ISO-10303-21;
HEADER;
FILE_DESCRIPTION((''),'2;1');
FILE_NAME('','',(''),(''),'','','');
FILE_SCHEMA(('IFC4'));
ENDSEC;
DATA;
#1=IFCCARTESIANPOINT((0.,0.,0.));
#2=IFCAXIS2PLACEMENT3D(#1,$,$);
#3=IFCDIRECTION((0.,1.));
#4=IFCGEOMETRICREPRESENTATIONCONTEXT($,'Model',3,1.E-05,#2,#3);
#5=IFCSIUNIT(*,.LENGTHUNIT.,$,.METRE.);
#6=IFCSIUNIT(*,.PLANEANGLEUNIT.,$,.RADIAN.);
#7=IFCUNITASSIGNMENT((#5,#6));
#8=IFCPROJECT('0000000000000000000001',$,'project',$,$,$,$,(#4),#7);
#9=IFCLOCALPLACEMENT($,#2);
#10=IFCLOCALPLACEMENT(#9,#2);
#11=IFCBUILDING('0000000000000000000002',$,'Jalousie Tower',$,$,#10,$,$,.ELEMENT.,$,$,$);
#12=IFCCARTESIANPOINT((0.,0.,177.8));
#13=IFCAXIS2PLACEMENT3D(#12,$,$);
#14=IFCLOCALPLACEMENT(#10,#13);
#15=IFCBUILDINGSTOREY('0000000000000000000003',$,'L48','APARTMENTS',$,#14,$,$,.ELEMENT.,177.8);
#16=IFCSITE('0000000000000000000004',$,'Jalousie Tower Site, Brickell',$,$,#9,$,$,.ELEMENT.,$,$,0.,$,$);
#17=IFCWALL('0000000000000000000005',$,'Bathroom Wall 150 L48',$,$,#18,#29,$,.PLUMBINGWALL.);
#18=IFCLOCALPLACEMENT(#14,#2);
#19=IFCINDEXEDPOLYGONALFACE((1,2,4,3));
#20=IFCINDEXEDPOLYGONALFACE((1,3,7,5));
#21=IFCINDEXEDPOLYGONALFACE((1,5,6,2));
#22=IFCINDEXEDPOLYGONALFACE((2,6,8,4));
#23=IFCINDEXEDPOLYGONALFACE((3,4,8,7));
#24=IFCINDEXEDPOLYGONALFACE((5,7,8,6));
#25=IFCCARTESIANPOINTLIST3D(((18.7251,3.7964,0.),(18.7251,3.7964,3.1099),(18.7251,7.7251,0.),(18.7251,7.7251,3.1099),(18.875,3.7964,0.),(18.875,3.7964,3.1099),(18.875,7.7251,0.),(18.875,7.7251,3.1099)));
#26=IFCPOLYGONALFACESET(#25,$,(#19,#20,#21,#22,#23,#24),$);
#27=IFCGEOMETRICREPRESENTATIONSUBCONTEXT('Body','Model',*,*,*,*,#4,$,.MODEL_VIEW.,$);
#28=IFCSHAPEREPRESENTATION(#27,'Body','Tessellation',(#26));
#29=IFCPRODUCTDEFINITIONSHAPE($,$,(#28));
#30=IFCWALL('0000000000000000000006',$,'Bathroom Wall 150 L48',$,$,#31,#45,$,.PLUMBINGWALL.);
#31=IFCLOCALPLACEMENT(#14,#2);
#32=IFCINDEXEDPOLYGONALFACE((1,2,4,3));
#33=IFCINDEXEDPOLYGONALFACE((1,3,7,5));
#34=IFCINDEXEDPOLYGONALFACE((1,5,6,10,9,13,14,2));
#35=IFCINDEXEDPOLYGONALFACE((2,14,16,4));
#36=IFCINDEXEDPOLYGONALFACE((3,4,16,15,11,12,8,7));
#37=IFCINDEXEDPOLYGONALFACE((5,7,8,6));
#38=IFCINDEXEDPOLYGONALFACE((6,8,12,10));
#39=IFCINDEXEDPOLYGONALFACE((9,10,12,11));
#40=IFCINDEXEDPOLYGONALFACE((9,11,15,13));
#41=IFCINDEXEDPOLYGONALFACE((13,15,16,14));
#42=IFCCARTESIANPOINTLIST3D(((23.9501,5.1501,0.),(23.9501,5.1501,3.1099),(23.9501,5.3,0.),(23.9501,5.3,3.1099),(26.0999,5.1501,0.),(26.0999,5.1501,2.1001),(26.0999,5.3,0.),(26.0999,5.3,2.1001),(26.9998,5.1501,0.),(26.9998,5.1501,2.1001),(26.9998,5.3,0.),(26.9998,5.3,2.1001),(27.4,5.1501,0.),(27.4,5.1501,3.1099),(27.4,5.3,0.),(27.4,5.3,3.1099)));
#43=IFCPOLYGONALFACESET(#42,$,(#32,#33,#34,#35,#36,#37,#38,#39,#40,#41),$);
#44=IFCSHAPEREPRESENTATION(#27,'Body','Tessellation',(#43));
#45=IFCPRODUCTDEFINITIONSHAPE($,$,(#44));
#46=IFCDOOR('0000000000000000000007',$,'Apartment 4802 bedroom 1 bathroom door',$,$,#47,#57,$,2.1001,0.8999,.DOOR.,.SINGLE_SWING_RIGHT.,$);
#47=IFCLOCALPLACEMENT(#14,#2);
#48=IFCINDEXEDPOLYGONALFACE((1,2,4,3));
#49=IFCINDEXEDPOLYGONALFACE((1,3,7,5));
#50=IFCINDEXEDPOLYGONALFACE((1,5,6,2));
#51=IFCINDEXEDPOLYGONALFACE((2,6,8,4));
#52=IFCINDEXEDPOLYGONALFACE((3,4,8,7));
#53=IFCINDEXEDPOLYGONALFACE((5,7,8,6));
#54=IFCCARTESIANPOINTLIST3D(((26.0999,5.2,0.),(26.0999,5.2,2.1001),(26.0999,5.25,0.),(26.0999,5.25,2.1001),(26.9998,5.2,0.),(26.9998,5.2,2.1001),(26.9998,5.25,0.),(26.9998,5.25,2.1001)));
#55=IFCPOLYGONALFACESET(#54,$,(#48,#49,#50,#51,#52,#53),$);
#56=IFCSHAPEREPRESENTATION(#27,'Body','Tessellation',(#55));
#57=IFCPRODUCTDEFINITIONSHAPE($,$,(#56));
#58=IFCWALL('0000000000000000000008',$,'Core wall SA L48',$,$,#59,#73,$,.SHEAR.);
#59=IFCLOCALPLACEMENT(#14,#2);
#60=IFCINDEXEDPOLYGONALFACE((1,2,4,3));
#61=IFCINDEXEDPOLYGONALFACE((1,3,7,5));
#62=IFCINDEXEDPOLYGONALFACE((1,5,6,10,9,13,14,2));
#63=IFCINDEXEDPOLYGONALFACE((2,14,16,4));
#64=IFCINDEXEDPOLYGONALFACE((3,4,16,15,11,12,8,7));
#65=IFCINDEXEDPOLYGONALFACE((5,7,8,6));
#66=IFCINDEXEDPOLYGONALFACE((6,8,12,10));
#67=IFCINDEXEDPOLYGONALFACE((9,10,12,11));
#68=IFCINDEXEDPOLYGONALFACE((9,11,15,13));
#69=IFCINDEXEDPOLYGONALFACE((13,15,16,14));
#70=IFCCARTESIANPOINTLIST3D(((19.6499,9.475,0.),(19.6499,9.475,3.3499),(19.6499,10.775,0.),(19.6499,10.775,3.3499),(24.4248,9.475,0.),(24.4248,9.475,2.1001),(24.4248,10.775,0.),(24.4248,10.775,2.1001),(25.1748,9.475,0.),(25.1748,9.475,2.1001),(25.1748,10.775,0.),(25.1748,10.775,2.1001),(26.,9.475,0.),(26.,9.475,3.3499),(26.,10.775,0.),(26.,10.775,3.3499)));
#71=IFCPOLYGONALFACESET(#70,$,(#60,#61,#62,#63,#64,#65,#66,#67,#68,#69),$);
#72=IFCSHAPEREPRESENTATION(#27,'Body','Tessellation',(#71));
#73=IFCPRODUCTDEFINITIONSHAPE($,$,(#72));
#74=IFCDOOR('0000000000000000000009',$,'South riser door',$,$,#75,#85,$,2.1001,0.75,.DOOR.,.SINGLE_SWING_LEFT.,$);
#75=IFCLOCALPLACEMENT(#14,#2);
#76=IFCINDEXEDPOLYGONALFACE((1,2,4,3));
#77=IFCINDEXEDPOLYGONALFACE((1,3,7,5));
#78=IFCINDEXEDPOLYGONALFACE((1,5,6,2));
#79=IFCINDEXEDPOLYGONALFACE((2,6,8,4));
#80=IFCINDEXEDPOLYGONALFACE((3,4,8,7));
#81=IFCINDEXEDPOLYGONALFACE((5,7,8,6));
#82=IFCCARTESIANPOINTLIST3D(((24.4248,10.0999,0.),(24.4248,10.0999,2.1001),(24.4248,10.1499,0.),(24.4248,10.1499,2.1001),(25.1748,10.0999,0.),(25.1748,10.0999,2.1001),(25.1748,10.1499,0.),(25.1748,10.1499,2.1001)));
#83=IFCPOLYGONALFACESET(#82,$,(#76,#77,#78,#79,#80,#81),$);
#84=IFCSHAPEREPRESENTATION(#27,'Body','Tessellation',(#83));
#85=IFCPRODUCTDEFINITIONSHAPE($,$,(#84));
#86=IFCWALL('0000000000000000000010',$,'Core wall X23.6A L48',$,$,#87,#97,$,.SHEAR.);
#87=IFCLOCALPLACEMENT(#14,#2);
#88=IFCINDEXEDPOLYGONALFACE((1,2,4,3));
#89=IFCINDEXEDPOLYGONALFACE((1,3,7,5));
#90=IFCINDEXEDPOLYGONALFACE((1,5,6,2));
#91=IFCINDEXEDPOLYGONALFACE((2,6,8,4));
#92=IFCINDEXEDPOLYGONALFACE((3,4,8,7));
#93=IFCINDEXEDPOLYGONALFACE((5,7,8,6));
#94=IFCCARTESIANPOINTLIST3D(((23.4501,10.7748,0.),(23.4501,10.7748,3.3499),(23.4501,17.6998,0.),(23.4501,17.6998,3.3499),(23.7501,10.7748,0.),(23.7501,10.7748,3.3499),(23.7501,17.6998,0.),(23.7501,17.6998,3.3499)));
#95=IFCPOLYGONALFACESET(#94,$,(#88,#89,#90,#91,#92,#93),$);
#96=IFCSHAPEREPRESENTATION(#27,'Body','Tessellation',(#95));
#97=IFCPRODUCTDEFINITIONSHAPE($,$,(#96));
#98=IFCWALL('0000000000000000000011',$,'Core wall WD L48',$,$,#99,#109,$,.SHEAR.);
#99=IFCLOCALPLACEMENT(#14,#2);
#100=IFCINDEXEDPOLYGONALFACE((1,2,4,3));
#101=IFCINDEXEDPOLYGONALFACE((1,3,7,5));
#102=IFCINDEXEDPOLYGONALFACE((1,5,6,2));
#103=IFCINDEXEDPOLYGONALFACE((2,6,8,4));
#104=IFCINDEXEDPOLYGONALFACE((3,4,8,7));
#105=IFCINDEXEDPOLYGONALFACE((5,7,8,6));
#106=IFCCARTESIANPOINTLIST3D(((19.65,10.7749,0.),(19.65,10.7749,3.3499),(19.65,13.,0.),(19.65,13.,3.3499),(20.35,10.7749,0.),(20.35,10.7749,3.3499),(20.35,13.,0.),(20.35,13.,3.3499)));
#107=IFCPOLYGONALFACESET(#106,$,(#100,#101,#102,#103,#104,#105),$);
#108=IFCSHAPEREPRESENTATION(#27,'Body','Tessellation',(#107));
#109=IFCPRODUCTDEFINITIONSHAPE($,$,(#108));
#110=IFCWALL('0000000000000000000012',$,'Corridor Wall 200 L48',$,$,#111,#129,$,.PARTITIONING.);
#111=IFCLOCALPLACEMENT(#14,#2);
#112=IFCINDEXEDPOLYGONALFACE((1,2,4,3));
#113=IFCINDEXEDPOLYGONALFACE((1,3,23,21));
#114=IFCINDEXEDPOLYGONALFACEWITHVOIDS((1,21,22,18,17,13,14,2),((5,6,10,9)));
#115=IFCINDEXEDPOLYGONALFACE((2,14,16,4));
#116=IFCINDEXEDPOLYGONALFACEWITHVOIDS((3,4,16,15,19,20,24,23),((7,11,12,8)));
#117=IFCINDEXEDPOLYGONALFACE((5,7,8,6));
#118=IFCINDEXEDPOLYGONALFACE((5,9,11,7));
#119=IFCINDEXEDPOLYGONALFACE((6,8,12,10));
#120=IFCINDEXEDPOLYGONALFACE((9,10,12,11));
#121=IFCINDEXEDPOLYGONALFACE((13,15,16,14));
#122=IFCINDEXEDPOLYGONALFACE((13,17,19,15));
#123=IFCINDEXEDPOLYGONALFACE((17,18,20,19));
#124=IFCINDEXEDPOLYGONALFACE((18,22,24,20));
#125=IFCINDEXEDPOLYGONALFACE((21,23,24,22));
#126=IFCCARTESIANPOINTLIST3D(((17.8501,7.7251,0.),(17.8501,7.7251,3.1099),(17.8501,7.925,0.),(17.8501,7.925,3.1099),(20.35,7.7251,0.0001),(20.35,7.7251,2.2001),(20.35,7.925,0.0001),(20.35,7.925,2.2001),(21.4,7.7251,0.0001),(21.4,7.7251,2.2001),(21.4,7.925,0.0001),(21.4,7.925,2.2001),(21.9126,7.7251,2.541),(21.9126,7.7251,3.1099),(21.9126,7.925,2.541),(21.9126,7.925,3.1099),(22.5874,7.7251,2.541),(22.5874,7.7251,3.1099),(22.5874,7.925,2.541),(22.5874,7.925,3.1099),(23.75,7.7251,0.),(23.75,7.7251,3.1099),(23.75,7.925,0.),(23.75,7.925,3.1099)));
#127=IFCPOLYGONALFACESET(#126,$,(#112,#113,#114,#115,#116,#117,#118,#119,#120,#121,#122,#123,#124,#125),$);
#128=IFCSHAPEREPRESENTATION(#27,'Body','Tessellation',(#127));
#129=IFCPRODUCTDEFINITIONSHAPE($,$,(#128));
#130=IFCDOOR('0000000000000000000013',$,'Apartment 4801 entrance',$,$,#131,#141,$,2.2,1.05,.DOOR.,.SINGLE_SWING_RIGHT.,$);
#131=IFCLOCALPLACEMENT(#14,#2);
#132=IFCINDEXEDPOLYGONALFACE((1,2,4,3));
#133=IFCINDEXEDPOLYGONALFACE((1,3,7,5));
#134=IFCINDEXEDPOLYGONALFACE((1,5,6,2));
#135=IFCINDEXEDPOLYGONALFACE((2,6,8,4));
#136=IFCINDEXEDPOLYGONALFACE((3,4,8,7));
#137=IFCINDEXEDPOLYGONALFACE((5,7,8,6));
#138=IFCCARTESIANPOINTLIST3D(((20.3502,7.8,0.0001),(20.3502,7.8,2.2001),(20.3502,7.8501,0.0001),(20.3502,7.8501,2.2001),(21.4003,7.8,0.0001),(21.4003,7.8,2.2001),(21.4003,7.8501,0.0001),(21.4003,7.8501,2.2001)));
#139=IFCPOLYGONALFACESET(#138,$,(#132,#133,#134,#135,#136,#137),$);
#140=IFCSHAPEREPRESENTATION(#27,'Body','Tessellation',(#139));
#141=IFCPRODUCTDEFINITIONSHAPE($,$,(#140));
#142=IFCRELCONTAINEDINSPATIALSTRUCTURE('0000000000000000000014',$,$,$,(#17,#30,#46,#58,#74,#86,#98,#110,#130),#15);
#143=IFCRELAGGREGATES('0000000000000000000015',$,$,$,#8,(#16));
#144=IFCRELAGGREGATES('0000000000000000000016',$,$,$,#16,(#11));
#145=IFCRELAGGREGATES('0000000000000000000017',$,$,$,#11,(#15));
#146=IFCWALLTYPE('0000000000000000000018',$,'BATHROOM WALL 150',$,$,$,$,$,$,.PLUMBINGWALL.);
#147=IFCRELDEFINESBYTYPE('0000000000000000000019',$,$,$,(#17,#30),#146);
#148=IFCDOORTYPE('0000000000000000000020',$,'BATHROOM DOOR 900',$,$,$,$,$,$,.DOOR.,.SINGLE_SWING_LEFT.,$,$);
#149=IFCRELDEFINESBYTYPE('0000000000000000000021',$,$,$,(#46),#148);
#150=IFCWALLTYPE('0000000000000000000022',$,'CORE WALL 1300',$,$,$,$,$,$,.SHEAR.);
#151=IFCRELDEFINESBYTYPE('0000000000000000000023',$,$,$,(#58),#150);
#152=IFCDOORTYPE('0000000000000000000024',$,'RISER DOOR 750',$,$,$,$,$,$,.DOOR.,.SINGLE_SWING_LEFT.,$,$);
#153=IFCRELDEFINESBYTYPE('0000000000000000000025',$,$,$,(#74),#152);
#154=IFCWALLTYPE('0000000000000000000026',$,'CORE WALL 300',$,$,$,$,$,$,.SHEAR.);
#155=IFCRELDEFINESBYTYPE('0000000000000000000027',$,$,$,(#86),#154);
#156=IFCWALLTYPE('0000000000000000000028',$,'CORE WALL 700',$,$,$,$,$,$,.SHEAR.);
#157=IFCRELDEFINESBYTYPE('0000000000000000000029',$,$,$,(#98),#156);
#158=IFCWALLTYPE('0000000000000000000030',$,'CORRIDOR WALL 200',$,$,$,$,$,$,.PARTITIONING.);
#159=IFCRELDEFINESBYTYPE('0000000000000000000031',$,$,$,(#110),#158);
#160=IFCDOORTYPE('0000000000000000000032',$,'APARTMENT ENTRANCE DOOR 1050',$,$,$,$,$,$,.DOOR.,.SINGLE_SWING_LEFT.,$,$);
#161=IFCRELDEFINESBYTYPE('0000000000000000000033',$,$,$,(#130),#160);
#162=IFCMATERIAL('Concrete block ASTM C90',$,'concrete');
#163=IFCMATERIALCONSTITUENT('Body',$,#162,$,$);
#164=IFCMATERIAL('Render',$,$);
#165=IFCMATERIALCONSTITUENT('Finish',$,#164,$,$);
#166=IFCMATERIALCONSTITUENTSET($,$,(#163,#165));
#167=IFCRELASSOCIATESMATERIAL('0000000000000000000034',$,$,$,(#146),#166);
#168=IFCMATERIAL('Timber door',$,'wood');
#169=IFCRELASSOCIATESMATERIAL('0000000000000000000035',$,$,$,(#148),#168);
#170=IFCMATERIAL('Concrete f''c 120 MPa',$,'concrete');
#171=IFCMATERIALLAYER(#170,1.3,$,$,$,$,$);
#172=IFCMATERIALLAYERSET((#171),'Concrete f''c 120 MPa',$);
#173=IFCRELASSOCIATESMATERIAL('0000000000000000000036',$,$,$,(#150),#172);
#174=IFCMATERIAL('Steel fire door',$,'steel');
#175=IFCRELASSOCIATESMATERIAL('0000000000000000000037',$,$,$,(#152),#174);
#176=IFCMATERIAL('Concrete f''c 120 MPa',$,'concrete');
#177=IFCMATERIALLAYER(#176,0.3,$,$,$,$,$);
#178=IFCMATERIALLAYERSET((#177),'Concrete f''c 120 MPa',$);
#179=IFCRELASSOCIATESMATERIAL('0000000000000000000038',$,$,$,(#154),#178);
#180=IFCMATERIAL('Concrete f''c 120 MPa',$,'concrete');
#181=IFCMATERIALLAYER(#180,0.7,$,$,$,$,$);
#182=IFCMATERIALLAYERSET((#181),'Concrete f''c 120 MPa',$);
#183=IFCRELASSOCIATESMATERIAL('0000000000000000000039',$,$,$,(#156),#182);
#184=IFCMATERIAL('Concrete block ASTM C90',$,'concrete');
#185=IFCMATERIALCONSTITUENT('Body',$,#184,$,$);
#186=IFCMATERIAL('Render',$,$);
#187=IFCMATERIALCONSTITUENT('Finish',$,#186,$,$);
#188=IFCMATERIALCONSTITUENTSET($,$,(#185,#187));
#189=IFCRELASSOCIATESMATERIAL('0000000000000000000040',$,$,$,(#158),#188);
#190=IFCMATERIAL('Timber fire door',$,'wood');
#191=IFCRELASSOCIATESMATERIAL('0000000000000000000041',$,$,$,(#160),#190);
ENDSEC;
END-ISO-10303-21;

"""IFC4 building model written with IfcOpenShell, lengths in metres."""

from ifc_helpers import new_model, si_unit, direction, frame, frame_2d, origin, place, context, subcontext, project, spatial, polyline, rectangle, outline, extrude, material, layer, layer_set, constituent, constituent_set, type_object, element, fill, save


model = new_model("IFC4")

# Units and contexts
model_context = context("Model", 3, precision=1e-05, world=origin(), true_north=direction((0.0, 1.0)))
body_context = subcontext(model_context, "Body", "Model", "MODEL_VIEW")
ifc_project = project(units=[si_unit("LENGTHUNIT", "METRE"), si_unit("PLANEANGLEUNIT", "RADIAN")], contexts=[model_context])

# Site, building, storey
site_placement = place(None, origin())
site = spatial("IfcSite", under=ifc_project, at=site_placement, Name="Jalousie Tower Site, Brickell", CompositionType="ELEMENT", RefElevation=0.0)
building_placement = place(site_placement, origin())
building = spatial("IfcBuilding", under=site, at=building_placement, Name="Jalousie Tower", CompositionType="ELEMENT")
storey_placement = place(building_placement, frame((0.0, 0.0, 177.8)))
storey = spatial("IfcBuildingStorey", under=building, at=storey_placement, Name="L48", Description="APARTMENTS", CompositionType="ELEMENT", Elevation=177.8)

# Wall
ifc_material_1 = material(Name="Concrete block ASTM C90", Category="concrete")
ifc_constituent_1 = constituent(ifc_material_1, Name="Body")
ifc_material_2 = material(Name="Render")
ifc_constituent_2 = constituent(ifc_material_2, Name="Finish")
ifc_constituent_set_1 = constituent_set(constituents=[ifc_constituent_1, ifc_constituent_2])
wall_type_1 = type_object("IfcWallType", Name="BATHROOM WALL 150", PredefinedType="PLUMBINGWALL", material=ifc_constituent_set_1)
wall_1_placement = place(storey_placement, frame((18.8, 3.7964, 0.0), z_axis=(0.0, 0.0, 1.0), x_axis=(0.0, 1.0, 0.0)))
element("IfcWall", 1, at=wall_1_placement, inside=storey, type_object=wall_type_1, Name="Bathroom Wall 150 L48", PredefinedType="PLUMBINGWALL", context=body_context, shape_type="SweptSolid", body=[
    extrude(rectangle(XDim=3.9287, YDim=0.1499, at=frame_2d((1.9644, 0.0))), origin(), (0.0, 0.0, 1.0), 3.1099),
])

# Walls, openings, doors
wall_2_placement = place(storey_placement, frame((23.95, 5.2251, 0.0), z_axis=(0.0, 0.0, 1.0), x_axis=(1.0, 0.0, 0.0)))
wall_2 = element("IfcWall", 2, at=wall_2_placement, inside=storey, type_object=wall_type_1, Name="Bathroom Wall 150 L48", PredefinedType="PLUMBINGWALL", context=body_context, shape_type="SweptSolid", body=[
    extrude(rectangle(XDim=3.45, YDim=0.1499, at=frame_2d((1.7251, 0.0))), origin(), (0.0, 0.0, 1.0), 3.1099),
])
opening_1_placement = place(wall_2_placement, frame((2.1499, 0.0, 0.0)))
opening_1 = element("IfcOpeningElement", 3, at=opening_1_placement, cuts=wall_2, PredefinedType="OPENING", context=body_context, shape_type="SweptSolid", body=[
    extrude(rectangle(XDim=0.8999, YDim=2.1001, at=frame_2d((0.45, 1.05))), frame((0.0, 0.085, 0.0), z_axis=(0.0, -1.0, 0.0), x_axis=(1.0, 0.0, 0.0)), (0.0, 0.0, 1.0), 0.1699),
])
ifc_material_3 = material(Name="Timber door", Category="wood")
door_type_1 = type_object("IfcDoorType", Name="BATHROOM DOOR 900", OperationType="SINGLE_SWING_LEFT", PredefinedType="DOOR", material=ifc_material_3)
door_1_placement = place(opening_1_placement, origin())
door_1 = element("IfcDoor", 4, at=door_1_placement, inside=storey, type_object=door_type_1, Name="Apartment 4802 bedroom 1 bathroom door", OperationType="SINGLE_SWING_RIGHT", OverallHeight=2.1001, OverallWidth=0.8999, PredefinedType="DOOR", context=body_context, shape_type="SweptSolid", body=[
    extrude(rectangle(XDim=0.8999, YDim=2.1001, at=frame_2d((0.45, 1.05))), frame((0.0, 0.0249, 0.0), z_axis=(0.0, -1.0, 0.0), x_axis=(1.0, 0.0, 0.0)), (0.0, 0.0, 1.0), 0.05),
])
fill(opening_1, door_1)
ifc_material_4 = material(Name="Concrete f'c 120 MPa", Category="concrete")
ifc_layer_1 = layer(ifc_material_4, 1.3)
ifc_layer_set_1 = layer_set([ifc_layer_1], Name="Concrete f'c 120 MPa")
wall_type_2 = type_object("IfcWallType", Name="CORE WALL 1300", PredefinedType="SHEAR", material=ifc_layer_set_1)
wall_3_placement = place(storey_placement, frame((19.6499, 10.125, 0.0), z_axis=(0.0, 0.0, 1.0), x_axis=(1.0, 0.0, 0.0)))
wall_3 = element("IfcWall", 5, at=wall_3_placement, inside=storey, type_object=wall_type_2, Name="Core wall SA L48", PredefinedType="SHEAR", context=body_context, shape_type="SweptSolid", body=[
    extrude(rectangle(XDim=6.3501, YDim=1.3, at=frame_2d((3.175, 0.0))), origin(), (0.0, 0.0, 1.0), 3.3499),
])
opening_2_placement = place(wall_3_placement, frame((4.7749, 0.0, 0.0)))
opening_2 = element("IfcOpeningElement", 6, at=opening_2_placement, cuts=wall_3, PredefinedType="OPENING", context=body_context, shape_type="SweptSolid", body=[
    extrude(rectangle(XDim=0.75, YDim=2.1001, at=frame_2d((0.375, 1.05))), frame((0.0, 0.6599, 0.0), z_axis=(0.0, -1.0, 0.0), x_axis=(1.0, 0.0, 0.0)), (0.0, 0.0, 1.0), 1.3201),
])
ifc_material_5 = material(Name="Steel fire door", Category="steel")
door_type_2 = type_object("IfcDoorType", Name="RISER DOOR 750", OperationType="SINGLE_SWING_LEFT", PredefinedType="DOOR", material=ifc_material_5)
door_2_placement = place(opening_2_placement, origin())
door_2 = element("IfcDoor", 7, at=door_2_placement, inside=storey, type_object=door_type_2, Name="South riser door", OperationType="SINGLE_SWING_LEFT", OverallHeight=2.1001, OverallWidth=0.75, PredefinedType="DOOR", context=body_context, shape_type="SweptSolid", body=[
    extrude(rectangle(XDim=0.75, YDim=2.1001, at=frame_2d((0.375, 1.05))), frame((0.0, 0.0249, 0.0), z_axis=(0.0, -1.0, 0.0), x_axis=(1.0, 0.0, 0.0)), (0.0, 0.0, 1.0), 0.05),
])
fill(opening_2, door_2)

# Walls
ifc_material_6 = material(Name="Concrete f'c 120 MPa", Category="concrete")
ifc_layer_2 = layer(ifc_material_6, 0.3)
ifc_layer_set_2 = layer_set([ifc_layer_2], Name="Concrete f'c 120 MPa")
wall_type_3 = type_object("IfcWallType", Name="CORE WALL 300", PredefinedType="SHEAR", material=ifc_layer_set_2)
wall_4_placement = place(storey_placement, frame((23.6001, 10.7749, 0.0), z_axis=(0.0, 0.0, 1.0), x_axis=(0.0, 1.0, 0.0)))
element("IfcWall", 8, at=wall_4_placement, inside=storey, type_object=wall_type_3, Name="Core wall X23.6A L48", PredefinedType="SHEAR", context=body_context, shape_type="SweptSolid", body=[
    extrude(rectangle(XDim=6.925, YDim=0.3, at=frame_2d((3.4624, 0.0))), origin(), (0.0, 0.0, 1.0), 3.3499),
])
ifc_material_7 = material(Name="Concrete f'c 120 MPa", Category="concrete")
ifc_layer_3 = layer(ifc_material_7, 0.7)
ifc_layer_set_3 = layer_set([ifc_layer_3], Name="Concrete f'c 120 MPa")
wall_type_4 = type_object("IfcWallType", Name="CORE WALL 700", PredefinedType="SHEAR", material=ifc_layer_set_3)
wall_5_placement = place(storey_placement, frame((20.0, 13.0, 0.0), z_axis=(0.0, 0.0, 1.0), x_axis=(0.0, -1.0, 0.0)))
element("IfcWall", 9, at=wall_5_placement, inside=storey, type_object=wall_type_4, Name="Core wall WD L48", PredefinedType="SHEAR", context=body_context, shape_type="SweptSolid", body=[
    extrude(rectangle(XDim=2.2251, YDim=0.7, at=frame_2d((1.1125, 0.0))), origin(), (0.0, 0.0, 1.0), 3.3499),
])

# Wall, opening, door
ifc_material_8 = material(Name="Concrete block ASTM C90", Category="concrete")
ifc_constituent_3 = constituent(ifc_material_8, Name="Body")
ifc_material_9 = material(Name="Render")
ifc_constituent_4 = constituent(ifc_material_9, Name="Finish")
ifc_constituent_set_2 = constituent_set(constituents=[ifc_constituent_3, ifc_constituent_4])
wall_type_5 = type_object("IfcWallType", Name="CORRIDOR WALL 200", PredefinedType="PARTITIONING", material=ifc_constituent_set_2)
wall_6_placement = place(storey_placement, frame((17.8501, 7.825, 0.0), z_axis=(0.0, 0.0, 1.0), x_axis=(1.0, 0.0, 0.0)))
wall_6 = element("IfcWall", 10, at=wall_6_placement, inside=storey, type_object=wall_type_5, Name="Corridor Wall 200 L48", PredefinedType="PARTITIONING", context=body_context, shape_type="SweptSolid", body=[
    extrude(outline(polyline([(0.0, 0.0), (5.8999, 0.0), (5.8999, 3.1099), (4.7373, 3.1099), (4.7373, 2.541), (4.0625, 2.541), (4.0625, 3.1099), (0.0, 3.1099), (0.0, 0.0)])), frame((0.0, 0.1001, 0.0), z_axis=(0.0, -1.0, 0.0), x_axis=(1.0, 0.0, 0.0)), (0.0, 0.0, 1.0), 0.2),
])
opening_3_placement = place(wall_6_placement, frame((2.5, 0.0, 0.0)))
opening_3 = element("IfcOpeningElement", 11, at=opening_3_placement, cuts=wall_6, PredefinedType="OPENING", context=body_context, shape_type="SweptSolid", body=[
    extrude(rectangle(XDim=1.05, YDim=2.2, at=frame_2d((0.5249, 1.1001))), frame((0.0, 0.1099, 0.0), z_axis=(0.0, -1.0, 0.0), x_axis=(1.0, 0.0, 0.0)), (0.0, 0.0, 1.0), 0.22),
])
ifc_material_10 = material(Name="Timber fire door", Category="wood")
door_type_3 = type_object("IfcDoorType", Name="APARTMENT ENTRANCE DOOR 1050", OperationType="SINGLE_SWING_LEFT", PredefinedType="DOOR", material=ifc_material_10)
door_3_placement = place(opening_3_placement, frame((1.05, 0.0, 0.0), z_axis=(0.0, 0.0, 1.0), x_axis=(-1.0, 0.0, 0.0)))
door_3 = element("IfcDoor", 12, at=door_3_placement, inside=storey, type_object=door_type_3, Name="Apartment 4801 entrance", OperationType="SINGLE_SWING_RIGHT", OverallHeight=2.2, OverallWidth=1.05, PredefinedType="DOOR", context=body_context, shape_type="SweptSolid", body=[
    extrude(rectangle(XDim=1.05, YDim=2.2, at=frame_2d((0.5249, 1.1001))), frame((0.0, 0.0249, 0.0), z_axis=(0.0, -1.0, 0.0), x_axis=(1.0, 0.0, 0.0)), (0.0, 0.0, 1.0), 0.05),
])
fill(opening_3, door_3)

save(model, "model.ifc")
